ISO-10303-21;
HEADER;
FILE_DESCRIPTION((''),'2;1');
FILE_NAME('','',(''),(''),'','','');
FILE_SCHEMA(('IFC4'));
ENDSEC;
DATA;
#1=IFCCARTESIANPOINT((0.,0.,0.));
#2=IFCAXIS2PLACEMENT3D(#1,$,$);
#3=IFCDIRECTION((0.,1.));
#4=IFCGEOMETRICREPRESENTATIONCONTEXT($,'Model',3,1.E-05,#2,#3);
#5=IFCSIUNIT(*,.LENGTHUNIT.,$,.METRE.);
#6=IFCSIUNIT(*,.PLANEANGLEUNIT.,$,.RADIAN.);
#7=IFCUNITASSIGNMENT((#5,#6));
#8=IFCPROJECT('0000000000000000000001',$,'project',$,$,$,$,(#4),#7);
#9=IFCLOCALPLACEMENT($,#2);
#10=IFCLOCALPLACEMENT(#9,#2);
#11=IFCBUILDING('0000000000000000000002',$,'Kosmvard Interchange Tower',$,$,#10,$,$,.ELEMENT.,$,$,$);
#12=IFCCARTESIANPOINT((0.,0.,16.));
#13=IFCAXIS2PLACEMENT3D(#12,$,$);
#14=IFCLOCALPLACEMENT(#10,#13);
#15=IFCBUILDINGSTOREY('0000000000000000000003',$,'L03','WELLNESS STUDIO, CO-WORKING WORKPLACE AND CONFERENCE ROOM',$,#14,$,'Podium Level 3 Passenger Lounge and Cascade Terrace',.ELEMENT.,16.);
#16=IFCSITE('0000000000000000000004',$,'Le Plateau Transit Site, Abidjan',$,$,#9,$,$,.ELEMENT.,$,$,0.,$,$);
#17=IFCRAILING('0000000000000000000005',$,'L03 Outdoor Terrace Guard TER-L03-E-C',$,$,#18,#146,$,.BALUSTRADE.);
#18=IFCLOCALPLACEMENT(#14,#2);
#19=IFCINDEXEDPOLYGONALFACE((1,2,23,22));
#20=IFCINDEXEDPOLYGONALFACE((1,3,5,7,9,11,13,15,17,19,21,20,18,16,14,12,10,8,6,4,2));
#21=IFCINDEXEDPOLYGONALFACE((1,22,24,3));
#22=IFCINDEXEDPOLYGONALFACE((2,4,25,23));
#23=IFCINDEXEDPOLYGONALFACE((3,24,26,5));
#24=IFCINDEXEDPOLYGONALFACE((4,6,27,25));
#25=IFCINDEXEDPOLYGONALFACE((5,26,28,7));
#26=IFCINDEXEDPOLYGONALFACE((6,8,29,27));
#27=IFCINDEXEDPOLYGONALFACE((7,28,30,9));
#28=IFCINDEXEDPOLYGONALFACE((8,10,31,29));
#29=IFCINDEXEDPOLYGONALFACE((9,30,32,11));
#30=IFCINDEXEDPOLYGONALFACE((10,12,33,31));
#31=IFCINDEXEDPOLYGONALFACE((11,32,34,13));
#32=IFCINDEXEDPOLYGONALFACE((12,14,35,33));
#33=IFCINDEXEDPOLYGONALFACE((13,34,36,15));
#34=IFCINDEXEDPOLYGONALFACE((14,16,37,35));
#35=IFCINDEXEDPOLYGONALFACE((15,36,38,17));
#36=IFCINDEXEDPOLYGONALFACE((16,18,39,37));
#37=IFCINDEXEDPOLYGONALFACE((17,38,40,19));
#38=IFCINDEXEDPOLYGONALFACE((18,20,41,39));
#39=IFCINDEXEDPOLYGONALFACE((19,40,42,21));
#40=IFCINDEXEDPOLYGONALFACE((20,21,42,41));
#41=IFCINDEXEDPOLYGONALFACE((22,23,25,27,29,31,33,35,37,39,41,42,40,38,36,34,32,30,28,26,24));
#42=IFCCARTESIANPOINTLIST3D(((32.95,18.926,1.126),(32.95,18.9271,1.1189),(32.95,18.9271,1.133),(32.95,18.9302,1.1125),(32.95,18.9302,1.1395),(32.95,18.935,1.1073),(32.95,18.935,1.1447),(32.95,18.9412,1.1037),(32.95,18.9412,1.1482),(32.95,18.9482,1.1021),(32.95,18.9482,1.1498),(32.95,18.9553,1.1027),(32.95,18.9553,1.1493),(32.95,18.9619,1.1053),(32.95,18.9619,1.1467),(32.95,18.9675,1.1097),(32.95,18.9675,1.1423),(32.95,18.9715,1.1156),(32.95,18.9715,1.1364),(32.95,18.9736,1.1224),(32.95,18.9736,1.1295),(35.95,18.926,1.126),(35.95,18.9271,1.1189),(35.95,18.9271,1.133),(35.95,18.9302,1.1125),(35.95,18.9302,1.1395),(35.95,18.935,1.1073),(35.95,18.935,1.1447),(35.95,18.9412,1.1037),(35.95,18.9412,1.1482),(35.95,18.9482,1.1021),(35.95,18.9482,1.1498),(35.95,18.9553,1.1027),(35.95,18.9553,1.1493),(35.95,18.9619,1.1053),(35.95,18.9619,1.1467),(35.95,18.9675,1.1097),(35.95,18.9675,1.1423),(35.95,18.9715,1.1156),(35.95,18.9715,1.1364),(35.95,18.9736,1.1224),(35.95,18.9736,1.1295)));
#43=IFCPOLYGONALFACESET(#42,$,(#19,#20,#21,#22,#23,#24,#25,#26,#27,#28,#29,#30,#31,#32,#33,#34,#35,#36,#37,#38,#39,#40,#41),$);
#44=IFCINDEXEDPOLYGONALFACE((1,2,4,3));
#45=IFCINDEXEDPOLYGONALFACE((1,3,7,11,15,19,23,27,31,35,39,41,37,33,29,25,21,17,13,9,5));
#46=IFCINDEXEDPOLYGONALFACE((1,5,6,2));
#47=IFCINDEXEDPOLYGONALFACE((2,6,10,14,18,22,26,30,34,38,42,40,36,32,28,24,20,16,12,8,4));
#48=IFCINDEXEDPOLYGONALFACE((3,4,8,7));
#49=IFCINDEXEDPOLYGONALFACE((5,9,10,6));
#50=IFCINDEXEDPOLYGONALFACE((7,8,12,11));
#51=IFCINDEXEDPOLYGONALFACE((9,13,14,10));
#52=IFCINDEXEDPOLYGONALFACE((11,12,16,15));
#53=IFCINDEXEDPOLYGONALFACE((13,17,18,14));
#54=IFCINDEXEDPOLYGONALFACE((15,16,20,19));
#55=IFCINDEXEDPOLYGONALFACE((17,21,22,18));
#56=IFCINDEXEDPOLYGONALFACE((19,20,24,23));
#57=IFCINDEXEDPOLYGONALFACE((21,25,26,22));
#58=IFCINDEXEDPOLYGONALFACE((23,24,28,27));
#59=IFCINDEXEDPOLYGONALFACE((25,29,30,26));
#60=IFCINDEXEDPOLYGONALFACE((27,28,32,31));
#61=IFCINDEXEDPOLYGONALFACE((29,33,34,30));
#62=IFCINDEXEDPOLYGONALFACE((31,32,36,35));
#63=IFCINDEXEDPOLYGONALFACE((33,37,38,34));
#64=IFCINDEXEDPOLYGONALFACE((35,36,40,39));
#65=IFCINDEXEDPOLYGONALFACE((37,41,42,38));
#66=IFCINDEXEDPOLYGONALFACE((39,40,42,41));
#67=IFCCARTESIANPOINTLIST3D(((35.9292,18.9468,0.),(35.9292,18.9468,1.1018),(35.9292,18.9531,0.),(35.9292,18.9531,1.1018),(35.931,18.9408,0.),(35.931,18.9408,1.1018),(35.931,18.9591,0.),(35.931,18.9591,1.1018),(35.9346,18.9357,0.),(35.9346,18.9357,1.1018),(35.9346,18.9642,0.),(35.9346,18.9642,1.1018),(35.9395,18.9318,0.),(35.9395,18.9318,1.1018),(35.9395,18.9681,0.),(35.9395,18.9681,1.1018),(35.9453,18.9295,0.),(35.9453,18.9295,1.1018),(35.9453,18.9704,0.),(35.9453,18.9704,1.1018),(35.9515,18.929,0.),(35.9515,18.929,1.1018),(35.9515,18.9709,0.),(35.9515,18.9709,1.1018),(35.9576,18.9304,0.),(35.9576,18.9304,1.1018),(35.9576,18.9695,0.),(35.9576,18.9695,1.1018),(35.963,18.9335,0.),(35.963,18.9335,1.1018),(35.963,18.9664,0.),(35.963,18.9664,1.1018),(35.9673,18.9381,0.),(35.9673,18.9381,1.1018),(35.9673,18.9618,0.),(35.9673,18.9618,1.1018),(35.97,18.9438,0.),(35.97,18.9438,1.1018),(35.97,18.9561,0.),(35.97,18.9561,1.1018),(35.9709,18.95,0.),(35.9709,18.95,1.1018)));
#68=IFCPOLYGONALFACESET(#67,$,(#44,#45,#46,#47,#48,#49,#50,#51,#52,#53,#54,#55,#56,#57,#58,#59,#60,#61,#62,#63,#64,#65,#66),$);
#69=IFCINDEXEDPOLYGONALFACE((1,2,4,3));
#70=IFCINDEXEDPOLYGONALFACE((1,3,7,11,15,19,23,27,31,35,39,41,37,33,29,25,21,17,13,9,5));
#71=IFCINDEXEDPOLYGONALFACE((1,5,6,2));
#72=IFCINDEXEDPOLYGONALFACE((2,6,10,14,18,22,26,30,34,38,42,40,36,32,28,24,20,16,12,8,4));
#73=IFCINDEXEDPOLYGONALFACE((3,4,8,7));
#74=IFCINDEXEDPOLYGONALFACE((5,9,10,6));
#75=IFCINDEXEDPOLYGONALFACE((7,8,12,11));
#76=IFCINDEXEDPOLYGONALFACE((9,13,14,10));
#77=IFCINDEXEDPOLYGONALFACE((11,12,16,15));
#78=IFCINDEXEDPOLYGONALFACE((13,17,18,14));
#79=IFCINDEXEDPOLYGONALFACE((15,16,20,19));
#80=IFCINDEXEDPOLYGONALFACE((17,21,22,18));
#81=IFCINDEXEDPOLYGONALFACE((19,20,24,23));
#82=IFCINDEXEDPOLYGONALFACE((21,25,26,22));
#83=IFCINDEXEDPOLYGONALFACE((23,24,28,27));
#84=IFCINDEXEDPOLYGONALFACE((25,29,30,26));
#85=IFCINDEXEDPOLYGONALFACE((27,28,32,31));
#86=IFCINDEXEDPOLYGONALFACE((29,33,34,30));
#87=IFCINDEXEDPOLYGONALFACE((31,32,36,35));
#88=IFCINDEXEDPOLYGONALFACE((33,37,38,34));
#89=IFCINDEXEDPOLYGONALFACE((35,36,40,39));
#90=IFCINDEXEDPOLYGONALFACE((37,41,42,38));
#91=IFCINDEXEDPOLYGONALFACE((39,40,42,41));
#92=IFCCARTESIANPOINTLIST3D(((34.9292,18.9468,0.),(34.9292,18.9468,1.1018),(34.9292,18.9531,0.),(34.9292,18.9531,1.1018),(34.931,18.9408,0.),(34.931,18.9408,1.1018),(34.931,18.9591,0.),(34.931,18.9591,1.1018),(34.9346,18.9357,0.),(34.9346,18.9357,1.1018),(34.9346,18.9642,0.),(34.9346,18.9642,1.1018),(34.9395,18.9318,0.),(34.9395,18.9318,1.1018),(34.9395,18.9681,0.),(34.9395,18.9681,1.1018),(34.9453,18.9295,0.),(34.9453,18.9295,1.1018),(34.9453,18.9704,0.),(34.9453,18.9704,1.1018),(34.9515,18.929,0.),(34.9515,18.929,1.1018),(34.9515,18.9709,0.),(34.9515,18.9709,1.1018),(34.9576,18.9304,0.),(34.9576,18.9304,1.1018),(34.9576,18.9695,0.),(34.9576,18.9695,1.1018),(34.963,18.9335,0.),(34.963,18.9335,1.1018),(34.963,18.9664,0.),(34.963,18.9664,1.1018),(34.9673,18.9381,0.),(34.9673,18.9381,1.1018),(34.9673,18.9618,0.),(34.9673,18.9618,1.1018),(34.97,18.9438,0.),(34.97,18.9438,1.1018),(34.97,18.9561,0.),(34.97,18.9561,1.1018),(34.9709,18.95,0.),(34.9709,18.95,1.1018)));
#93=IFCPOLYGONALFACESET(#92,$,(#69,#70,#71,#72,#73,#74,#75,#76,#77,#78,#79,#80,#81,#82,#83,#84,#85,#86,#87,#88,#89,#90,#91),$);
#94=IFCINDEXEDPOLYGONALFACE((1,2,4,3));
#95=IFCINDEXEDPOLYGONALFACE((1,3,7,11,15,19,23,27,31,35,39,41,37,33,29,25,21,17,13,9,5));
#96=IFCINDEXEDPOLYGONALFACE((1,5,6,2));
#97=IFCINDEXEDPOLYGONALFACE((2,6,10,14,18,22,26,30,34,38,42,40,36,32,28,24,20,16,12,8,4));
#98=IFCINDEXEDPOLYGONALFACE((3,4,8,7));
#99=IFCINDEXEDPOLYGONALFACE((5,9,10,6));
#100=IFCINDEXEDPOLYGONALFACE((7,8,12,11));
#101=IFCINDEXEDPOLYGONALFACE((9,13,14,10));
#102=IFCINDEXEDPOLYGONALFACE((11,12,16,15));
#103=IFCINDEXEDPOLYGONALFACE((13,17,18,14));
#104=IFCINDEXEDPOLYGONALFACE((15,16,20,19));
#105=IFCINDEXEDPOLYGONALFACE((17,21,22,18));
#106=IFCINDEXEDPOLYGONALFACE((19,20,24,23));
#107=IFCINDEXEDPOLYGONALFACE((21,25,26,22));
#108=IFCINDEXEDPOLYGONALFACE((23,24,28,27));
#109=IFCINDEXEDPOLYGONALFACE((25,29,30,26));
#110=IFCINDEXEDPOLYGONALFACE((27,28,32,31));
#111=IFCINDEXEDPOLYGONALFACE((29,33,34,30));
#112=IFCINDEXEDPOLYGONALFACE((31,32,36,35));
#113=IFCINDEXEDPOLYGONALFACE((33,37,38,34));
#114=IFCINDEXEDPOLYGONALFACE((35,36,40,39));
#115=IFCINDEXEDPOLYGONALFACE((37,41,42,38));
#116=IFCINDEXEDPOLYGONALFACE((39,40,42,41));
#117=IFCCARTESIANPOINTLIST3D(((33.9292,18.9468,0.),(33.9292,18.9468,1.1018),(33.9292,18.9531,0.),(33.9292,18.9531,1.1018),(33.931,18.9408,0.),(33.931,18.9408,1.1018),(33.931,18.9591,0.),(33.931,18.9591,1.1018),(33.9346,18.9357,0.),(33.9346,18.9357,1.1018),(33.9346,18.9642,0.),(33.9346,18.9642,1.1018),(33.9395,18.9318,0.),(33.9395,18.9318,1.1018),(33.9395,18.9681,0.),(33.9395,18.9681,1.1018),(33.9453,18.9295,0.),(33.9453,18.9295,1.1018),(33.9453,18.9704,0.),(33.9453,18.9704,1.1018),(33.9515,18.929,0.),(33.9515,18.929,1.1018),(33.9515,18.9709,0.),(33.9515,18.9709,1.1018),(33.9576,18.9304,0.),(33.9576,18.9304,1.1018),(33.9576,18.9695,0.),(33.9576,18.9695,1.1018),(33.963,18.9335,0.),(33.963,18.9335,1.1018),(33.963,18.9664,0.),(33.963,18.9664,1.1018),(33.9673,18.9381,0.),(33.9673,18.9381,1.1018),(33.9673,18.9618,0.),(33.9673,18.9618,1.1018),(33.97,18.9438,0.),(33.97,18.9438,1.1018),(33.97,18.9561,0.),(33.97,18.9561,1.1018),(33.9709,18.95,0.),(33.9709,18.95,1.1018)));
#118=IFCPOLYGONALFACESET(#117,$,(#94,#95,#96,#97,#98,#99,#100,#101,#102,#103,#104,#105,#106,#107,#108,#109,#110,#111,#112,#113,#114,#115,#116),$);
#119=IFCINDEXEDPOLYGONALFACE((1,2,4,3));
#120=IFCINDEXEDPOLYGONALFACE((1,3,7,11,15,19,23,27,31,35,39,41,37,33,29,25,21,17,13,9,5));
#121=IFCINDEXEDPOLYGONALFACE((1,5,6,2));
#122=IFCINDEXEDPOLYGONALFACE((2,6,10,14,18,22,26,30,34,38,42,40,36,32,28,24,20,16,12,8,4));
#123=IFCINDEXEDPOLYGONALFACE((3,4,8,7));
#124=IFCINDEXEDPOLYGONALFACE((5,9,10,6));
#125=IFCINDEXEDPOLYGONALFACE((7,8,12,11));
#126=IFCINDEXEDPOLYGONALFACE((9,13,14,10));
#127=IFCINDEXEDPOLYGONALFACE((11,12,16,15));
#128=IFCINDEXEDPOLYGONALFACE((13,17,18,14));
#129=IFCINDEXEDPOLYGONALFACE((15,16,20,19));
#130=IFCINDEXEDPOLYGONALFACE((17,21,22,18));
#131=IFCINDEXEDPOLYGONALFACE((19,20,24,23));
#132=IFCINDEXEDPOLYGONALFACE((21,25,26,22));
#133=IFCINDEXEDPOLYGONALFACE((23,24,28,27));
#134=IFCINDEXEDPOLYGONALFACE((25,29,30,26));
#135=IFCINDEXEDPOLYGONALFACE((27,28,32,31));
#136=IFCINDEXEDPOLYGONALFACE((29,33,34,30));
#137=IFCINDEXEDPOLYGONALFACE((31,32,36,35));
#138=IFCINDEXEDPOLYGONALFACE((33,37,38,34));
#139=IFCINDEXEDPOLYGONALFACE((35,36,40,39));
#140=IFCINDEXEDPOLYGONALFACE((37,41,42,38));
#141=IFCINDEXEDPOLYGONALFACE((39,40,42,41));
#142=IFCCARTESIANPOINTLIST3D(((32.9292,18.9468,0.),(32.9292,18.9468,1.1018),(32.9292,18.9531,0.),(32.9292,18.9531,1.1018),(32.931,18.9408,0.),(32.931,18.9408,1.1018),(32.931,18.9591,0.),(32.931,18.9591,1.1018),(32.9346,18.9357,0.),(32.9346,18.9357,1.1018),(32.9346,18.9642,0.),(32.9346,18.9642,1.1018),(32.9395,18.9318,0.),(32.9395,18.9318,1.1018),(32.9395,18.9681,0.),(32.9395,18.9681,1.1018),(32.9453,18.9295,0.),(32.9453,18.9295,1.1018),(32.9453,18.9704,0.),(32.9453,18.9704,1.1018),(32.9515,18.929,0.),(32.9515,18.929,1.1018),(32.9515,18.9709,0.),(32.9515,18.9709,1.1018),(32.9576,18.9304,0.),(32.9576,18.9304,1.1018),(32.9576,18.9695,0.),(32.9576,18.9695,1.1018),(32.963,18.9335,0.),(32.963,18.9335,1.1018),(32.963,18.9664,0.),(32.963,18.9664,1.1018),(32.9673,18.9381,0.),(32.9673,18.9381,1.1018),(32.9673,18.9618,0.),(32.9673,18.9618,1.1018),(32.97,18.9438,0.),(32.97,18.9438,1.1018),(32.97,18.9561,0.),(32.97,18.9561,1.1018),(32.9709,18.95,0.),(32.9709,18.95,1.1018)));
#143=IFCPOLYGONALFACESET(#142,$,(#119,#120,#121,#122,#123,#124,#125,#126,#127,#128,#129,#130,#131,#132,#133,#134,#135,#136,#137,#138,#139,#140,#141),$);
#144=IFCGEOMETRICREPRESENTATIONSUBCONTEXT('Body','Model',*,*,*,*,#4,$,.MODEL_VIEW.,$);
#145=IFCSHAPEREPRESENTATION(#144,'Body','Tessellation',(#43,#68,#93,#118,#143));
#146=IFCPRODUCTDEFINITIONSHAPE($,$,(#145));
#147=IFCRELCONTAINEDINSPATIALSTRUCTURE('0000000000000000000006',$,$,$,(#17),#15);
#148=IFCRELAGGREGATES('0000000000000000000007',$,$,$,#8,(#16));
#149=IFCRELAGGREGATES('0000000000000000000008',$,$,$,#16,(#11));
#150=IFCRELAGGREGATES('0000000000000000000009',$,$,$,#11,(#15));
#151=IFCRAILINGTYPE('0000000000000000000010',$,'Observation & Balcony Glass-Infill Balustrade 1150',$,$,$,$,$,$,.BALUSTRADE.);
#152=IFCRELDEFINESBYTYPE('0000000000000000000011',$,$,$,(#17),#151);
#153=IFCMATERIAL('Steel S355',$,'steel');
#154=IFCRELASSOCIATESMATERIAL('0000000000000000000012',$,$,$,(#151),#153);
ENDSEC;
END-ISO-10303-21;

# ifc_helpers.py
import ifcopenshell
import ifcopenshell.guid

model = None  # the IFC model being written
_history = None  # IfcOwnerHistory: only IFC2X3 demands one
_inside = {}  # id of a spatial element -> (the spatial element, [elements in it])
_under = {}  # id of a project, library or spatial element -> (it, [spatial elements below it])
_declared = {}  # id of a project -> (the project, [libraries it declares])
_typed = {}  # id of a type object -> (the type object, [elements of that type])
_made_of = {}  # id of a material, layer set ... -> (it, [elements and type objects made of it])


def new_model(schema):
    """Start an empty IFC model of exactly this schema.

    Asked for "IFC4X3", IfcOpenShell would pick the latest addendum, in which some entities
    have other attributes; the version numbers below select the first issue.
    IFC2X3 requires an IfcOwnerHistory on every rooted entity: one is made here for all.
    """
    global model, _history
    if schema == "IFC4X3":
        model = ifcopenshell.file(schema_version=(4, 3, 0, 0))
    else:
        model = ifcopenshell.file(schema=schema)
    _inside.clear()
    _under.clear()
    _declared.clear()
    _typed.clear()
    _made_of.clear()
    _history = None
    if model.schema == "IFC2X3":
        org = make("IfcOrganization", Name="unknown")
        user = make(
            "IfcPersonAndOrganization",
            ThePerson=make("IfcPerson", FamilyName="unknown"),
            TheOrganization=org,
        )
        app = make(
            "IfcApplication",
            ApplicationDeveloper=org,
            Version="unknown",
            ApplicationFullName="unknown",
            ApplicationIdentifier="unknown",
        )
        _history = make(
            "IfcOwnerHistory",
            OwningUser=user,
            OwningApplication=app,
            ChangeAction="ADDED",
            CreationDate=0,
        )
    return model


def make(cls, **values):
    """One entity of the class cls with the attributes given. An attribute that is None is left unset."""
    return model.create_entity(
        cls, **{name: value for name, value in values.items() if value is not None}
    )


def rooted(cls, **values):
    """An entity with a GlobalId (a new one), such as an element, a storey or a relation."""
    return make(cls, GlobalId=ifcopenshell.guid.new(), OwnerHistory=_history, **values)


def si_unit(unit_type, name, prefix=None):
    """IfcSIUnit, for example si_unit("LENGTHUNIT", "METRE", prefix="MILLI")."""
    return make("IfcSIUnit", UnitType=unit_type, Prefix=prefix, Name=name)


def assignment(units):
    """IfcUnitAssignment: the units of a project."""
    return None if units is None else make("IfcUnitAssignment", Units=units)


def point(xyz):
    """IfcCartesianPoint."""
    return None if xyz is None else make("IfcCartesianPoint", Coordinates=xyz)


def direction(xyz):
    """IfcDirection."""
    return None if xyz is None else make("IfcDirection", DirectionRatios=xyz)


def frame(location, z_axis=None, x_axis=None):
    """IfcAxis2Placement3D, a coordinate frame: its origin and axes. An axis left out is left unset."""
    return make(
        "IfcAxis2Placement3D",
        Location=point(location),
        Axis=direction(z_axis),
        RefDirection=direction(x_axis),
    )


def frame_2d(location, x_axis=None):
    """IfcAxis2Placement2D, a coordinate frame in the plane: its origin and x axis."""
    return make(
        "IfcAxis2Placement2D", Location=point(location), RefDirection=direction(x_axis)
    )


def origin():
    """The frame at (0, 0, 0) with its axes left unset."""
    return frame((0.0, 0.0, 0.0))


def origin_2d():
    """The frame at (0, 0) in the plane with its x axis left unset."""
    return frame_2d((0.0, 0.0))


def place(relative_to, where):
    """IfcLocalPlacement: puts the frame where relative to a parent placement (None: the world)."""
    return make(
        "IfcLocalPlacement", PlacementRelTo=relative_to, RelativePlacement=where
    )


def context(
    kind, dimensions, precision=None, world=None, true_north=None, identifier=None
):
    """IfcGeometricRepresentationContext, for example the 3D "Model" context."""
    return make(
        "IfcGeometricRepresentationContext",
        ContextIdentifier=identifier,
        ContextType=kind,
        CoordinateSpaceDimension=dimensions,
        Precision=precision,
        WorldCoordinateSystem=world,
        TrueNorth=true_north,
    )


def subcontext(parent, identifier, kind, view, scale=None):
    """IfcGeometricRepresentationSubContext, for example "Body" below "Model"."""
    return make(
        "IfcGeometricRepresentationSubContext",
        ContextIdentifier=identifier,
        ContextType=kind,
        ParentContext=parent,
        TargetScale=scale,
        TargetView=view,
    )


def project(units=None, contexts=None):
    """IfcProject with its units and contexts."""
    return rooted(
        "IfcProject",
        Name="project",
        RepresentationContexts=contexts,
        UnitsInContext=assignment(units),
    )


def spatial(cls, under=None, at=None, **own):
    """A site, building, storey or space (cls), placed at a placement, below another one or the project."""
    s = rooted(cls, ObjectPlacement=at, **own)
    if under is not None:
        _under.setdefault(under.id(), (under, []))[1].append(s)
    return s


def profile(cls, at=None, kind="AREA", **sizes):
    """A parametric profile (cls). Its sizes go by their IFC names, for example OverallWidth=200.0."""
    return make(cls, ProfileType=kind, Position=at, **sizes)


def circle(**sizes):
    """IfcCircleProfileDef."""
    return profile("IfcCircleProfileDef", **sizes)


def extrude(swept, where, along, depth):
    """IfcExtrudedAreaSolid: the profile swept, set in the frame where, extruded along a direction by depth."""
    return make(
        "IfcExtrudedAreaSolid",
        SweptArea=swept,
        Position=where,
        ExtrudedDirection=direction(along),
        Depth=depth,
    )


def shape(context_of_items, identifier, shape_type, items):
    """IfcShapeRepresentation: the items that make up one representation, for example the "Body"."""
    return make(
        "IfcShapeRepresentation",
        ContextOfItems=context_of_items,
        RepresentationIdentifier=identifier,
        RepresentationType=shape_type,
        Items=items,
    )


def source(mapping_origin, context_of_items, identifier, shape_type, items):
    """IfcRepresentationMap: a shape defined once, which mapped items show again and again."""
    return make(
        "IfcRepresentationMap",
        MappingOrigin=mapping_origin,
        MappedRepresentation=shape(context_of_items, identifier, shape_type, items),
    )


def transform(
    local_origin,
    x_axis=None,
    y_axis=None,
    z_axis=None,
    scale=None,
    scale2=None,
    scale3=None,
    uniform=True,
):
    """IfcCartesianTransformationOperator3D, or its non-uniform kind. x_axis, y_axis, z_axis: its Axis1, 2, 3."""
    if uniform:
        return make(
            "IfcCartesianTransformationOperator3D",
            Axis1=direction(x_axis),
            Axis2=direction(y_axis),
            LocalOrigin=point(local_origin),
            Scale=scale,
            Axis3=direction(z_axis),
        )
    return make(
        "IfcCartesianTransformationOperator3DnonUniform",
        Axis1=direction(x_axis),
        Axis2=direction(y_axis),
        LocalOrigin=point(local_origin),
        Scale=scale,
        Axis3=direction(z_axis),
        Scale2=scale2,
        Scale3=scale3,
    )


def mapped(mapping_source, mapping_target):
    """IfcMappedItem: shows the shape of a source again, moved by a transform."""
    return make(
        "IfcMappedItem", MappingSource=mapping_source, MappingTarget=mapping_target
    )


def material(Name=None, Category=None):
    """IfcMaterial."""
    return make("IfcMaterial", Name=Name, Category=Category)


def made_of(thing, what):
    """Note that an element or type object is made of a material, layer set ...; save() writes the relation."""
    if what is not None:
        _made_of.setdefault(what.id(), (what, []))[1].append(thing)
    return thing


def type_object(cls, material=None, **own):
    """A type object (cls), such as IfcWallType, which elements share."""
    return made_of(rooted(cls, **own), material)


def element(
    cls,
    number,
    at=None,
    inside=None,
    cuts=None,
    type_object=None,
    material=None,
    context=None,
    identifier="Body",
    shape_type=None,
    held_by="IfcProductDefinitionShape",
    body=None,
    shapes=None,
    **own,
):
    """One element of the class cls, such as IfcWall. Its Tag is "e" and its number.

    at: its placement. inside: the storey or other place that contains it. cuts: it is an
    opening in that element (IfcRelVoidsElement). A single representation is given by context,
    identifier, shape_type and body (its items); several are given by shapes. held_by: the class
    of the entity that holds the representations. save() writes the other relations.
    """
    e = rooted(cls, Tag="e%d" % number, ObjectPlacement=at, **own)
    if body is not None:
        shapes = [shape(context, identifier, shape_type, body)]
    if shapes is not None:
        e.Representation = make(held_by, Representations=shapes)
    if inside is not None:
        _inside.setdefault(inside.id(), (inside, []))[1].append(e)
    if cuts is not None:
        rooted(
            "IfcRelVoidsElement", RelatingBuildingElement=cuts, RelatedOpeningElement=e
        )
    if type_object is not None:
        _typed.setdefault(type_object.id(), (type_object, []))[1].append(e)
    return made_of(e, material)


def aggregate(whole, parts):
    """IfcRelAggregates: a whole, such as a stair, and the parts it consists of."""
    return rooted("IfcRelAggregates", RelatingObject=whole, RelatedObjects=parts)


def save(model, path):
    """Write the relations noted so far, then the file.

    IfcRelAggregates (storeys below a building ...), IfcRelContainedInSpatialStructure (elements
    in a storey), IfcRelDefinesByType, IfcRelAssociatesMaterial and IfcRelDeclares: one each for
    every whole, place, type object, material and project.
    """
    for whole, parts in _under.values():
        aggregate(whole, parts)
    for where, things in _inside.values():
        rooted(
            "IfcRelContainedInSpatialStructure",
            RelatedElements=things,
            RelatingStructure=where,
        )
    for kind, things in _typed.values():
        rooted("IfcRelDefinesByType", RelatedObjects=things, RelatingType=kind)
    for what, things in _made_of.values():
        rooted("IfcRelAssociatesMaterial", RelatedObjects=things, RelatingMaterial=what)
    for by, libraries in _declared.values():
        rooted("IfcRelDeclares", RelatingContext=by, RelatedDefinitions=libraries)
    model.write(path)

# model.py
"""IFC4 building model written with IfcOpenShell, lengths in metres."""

from ifc_helpers import new_model, si_unit, direction, frame, origin, origin_2d, place, context, subcontext, project, spatial, circle, extrude, source, transform, mapped, material, type_object, element, save


model = new_model("IFC4")

# Units and contexts
model_context = context("Model", 3, precision=1e-05, world=origin(), true_north=direction((0.0, 1.0)))
body_context = subcontext(model_context, "Body", "Model", "MODEL_VIEW")
ifc_project = project(units=[si_unit("LENGTHUNIT", "METRE"), si_unit("PLANEANGLEUNIT", "RADIAN")], contexts=[model_context])

# Site, building, storey
site_placement = place(None, origin())
site = spatial("IfcSite", under=ifc_project, at=site_placement, Name="Le Plateau Transit Site, Abidjan", CompositionType="ELEMENT", RefElevation=0.0)
building_placement = place(site_placement, origin())
building = spatial("IfcBuilding", under=site, at=building_placement, Name="Kosmvard Interchange Tower", CompositionType="ELEMENT")
storey_placement = place(building_placement, frame((0.0, 0.0, 16.0)))
storey = spatial("IfcBuildingStorey", under=building, at=storey_placement, Name="L03", Description="WELLNESS STUDIO, CO-WORKING WORKPLACE AND CONFERENCE ROOM", LongName="Podium Level 3 Passenger Lounge and Cascade Terrace", CompositionType="ELEMENT", Elevation=16.0)

# Shared definitions
ifc_material_1 = material(Name="Steel S355", Category="steel")

# Railing
railing_type_1 = type_object("IfcRailingType", Name="Observation & Balcony Glass-Infill Balustrade 1150", PredefinedType="BALUSTRADE", material=ifc_material_1)
shared_shape_1 = source(origin(), body_context, "Body", "SweptSolid", [
    extrude(circle(Radius=0.0239, at=origin_2d()), frame((0.0, 0.0, 1.126), z_axis=(-1.0, 0.0, 0.0), x_axis=(0.0, -1.0, 0.0)), (0.0, 0.0, 1.0), 3.0),
    extrude(circle(Radius=0.021, at=origin_2d()), origin(), (0.0, 0.0, 1.0), 1.1018),
    extrude(circle(Radius=0.021, at=origin_2d()), frame((-1.0, 0.0, 0.0)), (0.0, 0.0, 1.0), 1.1018),
    extrude(circle(Radius=0.021, at=origin_2d()), frame((-2.0, 0.0, 0.0)), (0.0, 0.0, 1.0), 1.1018),
    extrude(circle(Radius=0.021, at=origin_2d()), frame((-3.0, 0.0, 0.0)), (0.0, 0.0, 1.0), 1.1018),
])
railing_1_placement = place(storey_placement, frame((35.95, 18.95, 0.0)))
element("IfcRailing", 1, at=railing_1_placement, inside=storey, type_object=railing_type_1, Name="L03 Outdoor Terrace Guard TER-L03-E-C", PredefinedType="BALUSTRADE", context=body_context, shape_type="MappedRepresentation", body=[
    mapped(shared_shape_1, transform((0.0, 0.0, 0.0), scale=1.0)),
])

save(model, "model.ifc")
